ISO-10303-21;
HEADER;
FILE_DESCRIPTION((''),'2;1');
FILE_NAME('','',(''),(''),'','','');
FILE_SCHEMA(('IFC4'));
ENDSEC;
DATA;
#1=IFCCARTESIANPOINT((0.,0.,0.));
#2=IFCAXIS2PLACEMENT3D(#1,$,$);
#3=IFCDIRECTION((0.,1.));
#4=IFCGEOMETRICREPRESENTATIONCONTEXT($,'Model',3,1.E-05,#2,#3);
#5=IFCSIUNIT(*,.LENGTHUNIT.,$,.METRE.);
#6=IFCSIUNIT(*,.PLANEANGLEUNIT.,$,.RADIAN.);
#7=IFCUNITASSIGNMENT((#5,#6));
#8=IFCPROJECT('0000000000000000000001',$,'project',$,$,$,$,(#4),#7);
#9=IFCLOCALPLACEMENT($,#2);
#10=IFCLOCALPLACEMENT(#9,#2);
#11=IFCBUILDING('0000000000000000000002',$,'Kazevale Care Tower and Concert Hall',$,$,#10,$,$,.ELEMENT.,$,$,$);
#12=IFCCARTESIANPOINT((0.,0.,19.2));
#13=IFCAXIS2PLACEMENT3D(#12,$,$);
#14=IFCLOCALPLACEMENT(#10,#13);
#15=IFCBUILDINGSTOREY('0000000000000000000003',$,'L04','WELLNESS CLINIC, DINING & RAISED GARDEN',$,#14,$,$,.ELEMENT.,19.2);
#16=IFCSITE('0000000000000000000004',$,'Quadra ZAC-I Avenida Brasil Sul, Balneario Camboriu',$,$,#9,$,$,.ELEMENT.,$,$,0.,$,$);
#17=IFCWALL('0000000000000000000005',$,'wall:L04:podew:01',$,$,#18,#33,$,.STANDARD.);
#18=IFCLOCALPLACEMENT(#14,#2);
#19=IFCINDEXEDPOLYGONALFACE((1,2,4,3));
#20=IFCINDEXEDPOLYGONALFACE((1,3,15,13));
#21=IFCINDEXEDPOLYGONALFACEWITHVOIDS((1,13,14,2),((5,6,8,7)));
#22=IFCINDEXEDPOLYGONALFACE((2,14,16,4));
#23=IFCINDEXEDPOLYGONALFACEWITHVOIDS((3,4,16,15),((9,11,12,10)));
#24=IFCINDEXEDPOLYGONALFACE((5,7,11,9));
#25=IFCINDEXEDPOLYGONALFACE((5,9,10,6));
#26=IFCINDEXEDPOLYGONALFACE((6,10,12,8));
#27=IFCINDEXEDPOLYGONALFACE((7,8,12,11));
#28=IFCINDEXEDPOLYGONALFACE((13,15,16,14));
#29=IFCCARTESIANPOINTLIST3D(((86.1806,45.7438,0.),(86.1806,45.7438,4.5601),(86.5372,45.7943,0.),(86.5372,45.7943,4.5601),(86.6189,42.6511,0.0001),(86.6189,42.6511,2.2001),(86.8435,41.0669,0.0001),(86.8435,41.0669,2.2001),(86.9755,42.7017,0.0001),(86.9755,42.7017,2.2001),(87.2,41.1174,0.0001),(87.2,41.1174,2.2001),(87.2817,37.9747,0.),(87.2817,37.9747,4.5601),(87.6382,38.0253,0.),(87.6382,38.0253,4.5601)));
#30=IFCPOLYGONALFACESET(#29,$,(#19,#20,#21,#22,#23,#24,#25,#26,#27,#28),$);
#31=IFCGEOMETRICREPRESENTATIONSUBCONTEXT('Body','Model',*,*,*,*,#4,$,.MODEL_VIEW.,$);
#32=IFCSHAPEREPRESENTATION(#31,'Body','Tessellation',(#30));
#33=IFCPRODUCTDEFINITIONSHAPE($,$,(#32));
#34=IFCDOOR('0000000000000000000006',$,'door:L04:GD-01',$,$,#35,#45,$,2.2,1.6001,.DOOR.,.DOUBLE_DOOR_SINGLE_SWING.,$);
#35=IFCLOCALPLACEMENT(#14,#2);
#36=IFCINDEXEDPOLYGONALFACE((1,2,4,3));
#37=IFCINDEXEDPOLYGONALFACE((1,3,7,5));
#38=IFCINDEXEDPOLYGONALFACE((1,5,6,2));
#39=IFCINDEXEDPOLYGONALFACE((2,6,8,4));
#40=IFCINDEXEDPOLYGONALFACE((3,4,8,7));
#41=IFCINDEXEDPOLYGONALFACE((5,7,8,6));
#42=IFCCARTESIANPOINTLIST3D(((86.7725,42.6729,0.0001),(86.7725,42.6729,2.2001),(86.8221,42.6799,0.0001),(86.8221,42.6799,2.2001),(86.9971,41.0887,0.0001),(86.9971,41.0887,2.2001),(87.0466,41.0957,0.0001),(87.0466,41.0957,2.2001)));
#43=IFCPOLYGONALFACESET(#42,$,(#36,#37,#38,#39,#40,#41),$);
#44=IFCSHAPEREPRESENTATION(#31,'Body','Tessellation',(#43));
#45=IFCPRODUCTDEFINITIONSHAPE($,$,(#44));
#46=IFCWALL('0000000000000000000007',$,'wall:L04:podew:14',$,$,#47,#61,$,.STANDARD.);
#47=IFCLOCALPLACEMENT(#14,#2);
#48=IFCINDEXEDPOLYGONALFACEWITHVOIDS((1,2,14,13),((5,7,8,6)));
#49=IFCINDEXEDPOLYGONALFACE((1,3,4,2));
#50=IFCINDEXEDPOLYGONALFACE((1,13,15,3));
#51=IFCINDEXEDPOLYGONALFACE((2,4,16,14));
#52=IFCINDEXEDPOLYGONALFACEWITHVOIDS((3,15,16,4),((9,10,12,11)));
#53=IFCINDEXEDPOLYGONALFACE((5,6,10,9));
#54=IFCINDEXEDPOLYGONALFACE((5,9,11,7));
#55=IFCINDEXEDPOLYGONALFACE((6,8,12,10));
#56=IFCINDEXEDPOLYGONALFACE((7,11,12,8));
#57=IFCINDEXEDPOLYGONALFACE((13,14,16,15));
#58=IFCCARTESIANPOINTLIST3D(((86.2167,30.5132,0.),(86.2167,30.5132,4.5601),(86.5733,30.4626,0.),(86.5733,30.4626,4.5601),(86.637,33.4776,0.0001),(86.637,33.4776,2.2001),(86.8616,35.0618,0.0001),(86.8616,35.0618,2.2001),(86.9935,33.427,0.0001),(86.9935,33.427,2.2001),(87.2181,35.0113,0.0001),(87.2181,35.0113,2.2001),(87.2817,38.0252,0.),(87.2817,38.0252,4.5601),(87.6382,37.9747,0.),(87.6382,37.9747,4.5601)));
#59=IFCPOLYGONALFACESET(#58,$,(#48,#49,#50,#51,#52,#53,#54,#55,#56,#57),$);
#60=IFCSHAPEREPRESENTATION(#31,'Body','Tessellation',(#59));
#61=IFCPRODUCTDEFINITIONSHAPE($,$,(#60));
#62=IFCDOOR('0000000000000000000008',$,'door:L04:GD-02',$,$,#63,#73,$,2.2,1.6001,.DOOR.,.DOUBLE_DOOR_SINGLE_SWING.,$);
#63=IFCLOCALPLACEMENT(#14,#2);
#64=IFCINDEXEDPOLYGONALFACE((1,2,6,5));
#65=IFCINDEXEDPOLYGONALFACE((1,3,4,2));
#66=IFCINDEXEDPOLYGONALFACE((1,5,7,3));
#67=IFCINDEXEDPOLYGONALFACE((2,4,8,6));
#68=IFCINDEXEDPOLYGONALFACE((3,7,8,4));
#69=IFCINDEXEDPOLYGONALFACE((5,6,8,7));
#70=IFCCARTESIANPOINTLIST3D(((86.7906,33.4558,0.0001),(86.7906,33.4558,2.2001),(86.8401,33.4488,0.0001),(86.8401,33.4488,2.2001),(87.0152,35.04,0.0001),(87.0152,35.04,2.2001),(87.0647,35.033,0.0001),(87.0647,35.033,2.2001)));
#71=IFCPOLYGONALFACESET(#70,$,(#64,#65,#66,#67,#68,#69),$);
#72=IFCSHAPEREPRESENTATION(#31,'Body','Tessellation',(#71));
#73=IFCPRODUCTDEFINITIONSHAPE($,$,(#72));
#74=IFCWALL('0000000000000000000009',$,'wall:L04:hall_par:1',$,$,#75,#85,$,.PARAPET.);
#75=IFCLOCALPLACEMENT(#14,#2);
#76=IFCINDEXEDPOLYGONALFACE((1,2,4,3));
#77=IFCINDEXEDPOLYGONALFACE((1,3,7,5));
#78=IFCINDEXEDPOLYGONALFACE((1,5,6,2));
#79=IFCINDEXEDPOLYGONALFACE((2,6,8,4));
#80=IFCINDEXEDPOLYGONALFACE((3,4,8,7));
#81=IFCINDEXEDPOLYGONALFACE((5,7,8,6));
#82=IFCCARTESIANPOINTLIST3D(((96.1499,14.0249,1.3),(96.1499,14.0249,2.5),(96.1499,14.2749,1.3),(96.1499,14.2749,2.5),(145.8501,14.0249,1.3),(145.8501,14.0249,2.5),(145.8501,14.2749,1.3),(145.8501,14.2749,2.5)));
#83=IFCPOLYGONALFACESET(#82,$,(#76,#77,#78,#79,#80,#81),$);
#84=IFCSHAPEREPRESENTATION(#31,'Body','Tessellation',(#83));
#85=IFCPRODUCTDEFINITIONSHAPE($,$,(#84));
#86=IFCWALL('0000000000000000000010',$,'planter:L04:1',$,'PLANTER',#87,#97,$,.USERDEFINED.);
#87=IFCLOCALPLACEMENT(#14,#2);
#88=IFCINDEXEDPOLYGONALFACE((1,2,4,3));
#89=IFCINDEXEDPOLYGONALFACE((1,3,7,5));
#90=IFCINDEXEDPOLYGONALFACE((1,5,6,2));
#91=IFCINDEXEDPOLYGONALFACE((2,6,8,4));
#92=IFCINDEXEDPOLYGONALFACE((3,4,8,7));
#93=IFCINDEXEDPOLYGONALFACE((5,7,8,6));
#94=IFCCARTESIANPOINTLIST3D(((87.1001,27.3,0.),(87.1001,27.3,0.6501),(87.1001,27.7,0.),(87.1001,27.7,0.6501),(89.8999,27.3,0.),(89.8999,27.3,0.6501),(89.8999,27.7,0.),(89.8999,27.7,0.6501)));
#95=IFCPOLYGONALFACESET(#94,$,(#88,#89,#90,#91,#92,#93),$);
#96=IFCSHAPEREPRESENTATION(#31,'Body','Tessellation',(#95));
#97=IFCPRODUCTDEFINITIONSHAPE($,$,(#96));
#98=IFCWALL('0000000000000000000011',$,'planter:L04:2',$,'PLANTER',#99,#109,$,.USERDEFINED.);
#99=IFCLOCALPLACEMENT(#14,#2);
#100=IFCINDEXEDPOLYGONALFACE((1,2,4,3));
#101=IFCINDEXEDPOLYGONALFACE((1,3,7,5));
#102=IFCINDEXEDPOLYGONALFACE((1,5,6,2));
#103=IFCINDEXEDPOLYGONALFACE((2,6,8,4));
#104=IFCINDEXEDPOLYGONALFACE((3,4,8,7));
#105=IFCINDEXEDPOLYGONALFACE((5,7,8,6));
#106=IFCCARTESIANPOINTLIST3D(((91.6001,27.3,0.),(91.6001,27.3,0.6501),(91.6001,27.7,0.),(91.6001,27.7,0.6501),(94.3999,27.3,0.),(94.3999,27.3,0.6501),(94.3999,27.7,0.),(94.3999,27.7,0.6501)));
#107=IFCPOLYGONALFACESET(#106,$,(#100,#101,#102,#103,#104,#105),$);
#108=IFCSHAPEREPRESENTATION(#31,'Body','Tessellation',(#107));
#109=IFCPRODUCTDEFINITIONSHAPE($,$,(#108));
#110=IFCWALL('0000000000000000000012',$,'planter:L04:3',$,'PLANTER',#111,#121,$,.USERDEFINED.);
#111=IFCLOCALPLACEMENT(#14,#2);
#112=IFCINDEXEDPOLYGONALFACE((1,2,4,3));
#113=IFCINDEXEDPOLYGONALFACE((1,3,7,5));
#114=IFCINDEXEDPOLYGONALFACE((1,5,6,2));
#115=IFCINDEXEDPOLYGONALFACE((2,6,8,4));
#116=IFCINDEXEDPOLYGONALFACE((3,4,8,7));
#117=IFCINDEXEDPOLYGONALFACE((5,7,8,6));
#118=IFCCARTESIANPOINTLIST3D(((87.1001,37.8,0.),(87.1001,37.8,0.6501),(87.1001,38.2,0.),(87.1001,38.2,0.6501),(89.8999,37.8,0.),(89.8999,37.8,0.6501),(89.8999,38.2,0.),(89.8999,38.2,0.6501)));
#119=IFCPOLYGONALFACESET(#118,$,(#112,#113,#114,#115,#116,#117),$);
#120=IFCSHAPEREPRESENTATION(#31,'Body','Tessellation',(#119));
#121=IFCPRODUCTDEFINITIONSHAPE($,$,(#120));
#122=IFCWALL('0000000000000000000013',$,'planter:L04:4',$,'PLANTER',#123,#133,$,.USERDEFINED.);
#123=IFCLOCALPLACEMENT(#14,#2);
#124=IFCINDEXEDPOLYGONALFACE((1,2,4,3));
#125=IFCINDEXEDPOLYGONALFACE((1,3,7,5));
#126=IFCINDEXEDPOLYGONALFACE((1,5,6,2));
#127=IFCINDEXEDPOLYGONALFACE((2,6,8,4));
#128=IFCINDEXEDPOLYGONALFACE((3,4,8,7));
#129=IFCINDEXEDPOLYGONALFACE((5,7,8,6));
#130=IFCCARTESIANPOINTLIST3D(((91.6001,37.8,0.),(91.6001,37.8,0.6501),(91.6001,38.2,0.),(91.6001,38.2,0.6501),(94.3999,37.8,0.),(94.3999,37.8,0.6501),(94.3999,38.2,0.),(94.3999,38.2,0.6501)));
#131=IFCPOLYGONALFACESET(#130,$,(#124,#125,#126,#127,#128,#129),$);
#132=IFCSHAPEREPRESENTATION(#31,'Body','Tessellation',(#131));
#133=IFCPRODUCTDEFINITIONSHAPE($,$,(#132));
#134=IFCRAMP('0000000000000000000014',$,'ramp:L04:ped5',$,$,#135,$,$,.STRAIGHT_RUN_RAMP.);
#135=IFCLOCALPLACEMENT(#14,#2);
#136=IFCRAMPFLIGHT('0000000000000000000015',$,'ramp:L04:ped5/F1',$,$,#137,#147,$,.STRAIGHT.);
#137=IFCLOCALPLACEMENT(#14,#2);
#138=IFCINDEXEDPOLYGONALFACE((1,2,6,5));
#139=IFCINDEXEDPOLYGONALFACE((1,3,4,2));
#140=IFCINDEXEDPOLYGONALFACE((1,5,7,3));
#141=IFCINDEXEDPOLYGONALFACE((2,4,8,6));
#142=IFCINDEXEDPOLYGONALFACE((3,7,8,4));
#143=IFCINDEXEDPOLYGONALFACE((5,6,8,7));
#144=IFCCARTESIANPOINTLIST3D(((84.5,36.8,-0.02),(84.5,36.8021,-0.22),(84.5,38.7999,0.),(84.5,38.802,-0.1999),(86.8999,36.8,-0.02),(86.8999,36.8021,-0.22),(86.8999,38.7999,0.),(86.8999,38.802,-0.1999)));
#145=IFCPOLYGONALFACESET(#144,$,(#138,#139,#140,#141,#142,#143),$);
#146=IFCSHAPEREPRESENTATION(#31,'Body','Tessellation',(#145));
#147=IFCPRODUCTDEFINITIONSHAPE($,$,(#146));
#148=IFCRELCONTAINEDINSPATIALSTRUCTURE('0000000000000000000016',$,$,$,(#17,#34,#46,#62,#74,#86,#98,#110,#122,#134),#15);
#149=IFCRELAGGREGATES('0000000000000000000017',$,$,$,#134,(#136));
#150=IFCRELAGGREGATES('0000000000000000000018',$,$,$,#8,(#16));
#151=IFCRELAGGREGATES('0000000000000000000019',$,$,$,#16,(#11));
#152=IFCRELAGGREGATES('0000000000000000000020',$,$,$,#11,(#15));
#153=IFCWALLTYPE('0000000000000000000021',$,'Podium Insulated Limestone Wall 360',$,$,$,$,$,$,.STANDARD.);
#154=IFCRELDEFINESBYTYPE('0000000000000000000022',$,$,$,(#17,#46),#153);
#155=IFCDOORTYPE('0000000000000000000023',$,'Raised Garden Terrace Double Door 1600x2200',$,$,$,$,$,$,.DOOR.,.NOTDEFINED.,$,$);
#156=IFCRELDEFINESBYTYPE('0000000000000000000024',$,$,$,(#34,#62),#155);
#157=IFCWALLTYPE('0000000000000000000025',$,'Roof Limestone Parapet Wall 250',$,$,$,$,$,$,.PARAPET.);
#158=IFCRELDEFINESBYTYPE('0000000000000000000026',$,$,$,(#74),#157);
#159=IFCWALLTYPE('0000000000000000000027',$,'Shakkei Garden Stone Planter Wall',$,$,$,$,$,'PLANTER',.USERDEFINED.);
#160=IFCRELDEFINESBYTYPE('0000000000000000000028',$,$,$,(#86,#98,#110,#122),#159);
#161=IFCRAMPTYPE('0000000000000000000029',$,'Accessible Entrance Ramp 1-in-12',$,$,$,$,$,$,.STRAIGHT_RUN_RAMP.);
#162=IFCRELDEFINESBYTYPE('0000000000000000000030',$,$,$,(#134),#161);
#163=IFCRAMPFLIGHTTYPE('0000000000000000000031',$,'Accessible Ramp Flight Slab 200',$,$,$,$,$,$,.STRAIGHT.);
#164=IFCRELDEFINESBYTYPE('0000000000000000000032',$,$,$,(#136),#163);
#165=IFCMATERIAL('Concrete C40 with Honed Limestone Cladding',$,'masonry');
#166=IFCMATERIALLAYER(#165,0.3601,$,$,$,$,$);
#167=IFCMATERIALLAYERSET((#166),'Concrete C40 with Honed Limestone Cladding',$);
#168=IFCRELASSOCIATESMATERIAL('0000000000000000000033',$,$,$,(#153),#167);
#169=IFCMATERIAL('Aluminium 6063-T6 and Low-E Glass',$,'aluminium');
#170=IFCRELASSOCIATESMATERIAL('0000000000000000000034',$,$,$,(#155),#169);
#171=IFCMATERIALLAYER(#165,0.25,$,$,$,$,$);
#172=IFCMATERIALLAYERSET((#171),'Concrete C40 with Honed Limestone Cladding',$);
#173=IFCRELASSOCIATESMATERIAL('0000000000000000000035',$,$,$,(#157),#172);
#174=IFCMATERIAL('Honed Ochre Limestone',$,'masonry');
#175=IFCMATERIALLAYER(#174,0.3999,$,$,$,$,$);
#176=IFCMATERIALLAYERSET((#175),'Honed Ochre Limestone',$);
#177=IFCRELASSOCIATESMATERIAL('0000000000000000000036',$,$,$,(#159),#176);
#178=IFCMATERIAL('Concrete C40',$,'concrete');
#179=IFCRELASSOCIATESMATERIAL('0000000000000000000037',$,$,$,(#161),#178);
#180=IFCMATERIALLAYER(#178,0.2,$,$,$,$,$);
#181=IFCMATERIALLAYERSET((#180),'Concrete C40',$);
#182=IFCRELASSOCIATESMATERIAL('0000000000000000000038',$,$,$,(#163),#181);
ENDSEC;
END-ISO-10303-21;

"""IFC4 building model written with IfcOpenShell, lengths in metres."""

from ifc_helpers import new_model, si_unit, direction, frame, frame_2d, origin, place, context, subcontext, project, spatial, polyline, rectangle, outline, extrude, material, layer, layer_set, type_object, element, fill, aggregate, save


model = new_model("IFC4")

# Units and contexts
model_context = context("Model", 3, precision=1e-05, world=origin(), true_north=direction((0.0, 1.0)))
body_context = subcontext(model_context, "Body", "Model", "MODEL_VIEW")
ifc_project = project(units=[si_unit("LENGTHUNIT", "METRE"), si_unit("PLANEANGLEUNIT", "RADIAN")], contexts=[model_context])

# Site, building, storey
site_placement = place(None, origin())
site = spatial("IfcSite", under=ifc_project, at=site_placement, Name="Quadra ZAC-I Avenida Brasil Sul, Balneario Camboriu", CompositionType="ELEMENT", RefElevation=0.0)
building_placement = place(site_placement, origin())
building = spatial("IfcBuilding", under=site, at=building_placement, Name="Kazevale Care Tower and Concert Hall", CompositionType="ELEMENT")
storey_placement = place(building_placement, frame((0.0, 0.0, 19.2)))
storey = spatial("IfcBuildingStorey", under=building, at=storey_placement, Name="L04", Description="WELLNESS CLINIC, DINING & RAISED GARDEN", CompositionType="ELEMENT", Elevation=19.2)

# Walls, openings, doors
ifc_material_1 = material(Name="Concrete C40 with Honed Limestone Cladding", Category="masonry")
ifc_layer_1 = layer(ifc_material_1, 0.3601)
ifc_layer_set_1 = layer_set([ifc_layer_1], Name="Concrete C40 with Honed Limestone Cladding")
wall_type_1 = type_object("IfcWallType", Name="Podium Insulated Limestone Wall 360", PredefinedType="STANDARD", material=ifc_layer_set_1)
wall_1_placement = place(storey_placement, frame((87.46, 38.0, 0.0), z_axis=(0.0, 0.0, 1.0), x_axis=(-0.140324, 0.990106, 0.0)))
wall_1 = element("IfcWall", 1, at=wall_1_placement, inside=storey, type_object=wall_type_1, Name="wall:L04:podew:01", PredefinedType="STANDARD", context=body_context, shape_type="SweptSolid", body=[
    extrude(rectangle(XDim=7.8467, YDim=0.3601, at=frame_2d((3.9233, 0.0))), origin(), (0.0, 0.0, 1.0), 4.5601),
])
opening_1_placement = place(wall_1_placement, frame((3.123, 0.0, 0.0)))
opening_1 = element("IfcOpeningElement", 2, at=opening_1_placement, cuts=wall_1, PredefinedType="OPENING", context=body_context, shape_type="SweptSolid", body=[
    extrude(rectangle(XDim=1.6001, YDim=2.2, at=frame_2d((0.8, 1.1001))), frame((0.0, 0.1899, 0.0), z_axis=(0.0, -1.0, 0.0), x_axis=(1.0, 0.0, 0.0)), (0.0, 0.0, 1.0), 0.3801),
])
ifc_material_2 = material(Name="Aluminium 6063-T6 and Low-E Glass", Category="aluminium")
door_type_1 = type_object("IfcDoorType", Name="Raised Garden Terrace Double Door 1600x2200", OperationType="NOTDEFINED", PredefinedType="DOOR", material=ifc_material_2)
door_1_placement = place(opening_1_placement, origin())
door_1 = element("IfcDoor", 3, at=door_1_placement, inside=storey, type_object=door_type_1, Name="door:L04:GD-01", OperationType="DOUBLE_DOOR_SINGLE_SWING", OverallHeight=2.2, OverallWidth=1.6001, PredefinedType="DOOR", context=body_context, shape_type="SweptSolid", body=[
    extrude(rectangle(XDim=1.6001, YDim=2.2, at=frame_2d((0.8, 1.1001))), frame((0.0, 0.0249, 0.0), z_axis=(0.0, -1.0, 0.0), x_axis=(1.0, 0.0, 0.0)), (0.0, 0.0, 1.0), 0.05),
])
fill(opening_1, door_1)
wall_2_placement = place(storey_placement, frame((86.395, 30.488, 0.0), z_axis=(0.0, 0.0, 1.0), x_axis=(0.140363, 0.9901, 0.0)))
wall_2 = element("IfcWall", 4, at=wall_2_placement, inside=storey, type_object=wall_type_1, Name="wall:L04:podew:14", PredefinedType="STANDARD", context=body_context, shape_type="SweptSolid", body=[
    extrude(rectangle(XDim=7.5872, YDim=0.3601, at=frame_2d((3.7935, 0.0))), origin(), (0.0, 0.0, 1.0), 4.5601),
])
opening_2_placement = place(wall_2_placement, frame((2.9939, 0.0, 0.0)))
opening_2 = element("IfcOpeningElement", 5, at=opening_2_placement, cuts=wall_2, PredefinedType="OPENING", context=body_context, shape_type="SweptSolid", body=[
    extrude(rectangle(XDim=1.6001, YDim=2.2, at=frame_2d((0.8, 1.1001))), frame((0.0, 0.1899, 0.0), z_axis=(0.0, -1.0, 0.0), x_axis=(1.0, 0.0, 0.0)), (0.0, 0.0, 1.0), 0.3801),
])
door_2_placement = place(opening_2_placement, origin())
door_2 = element("IfcDoor", 6, at=door_2_placement, inside=storey, type_object=door_type_1, Name="door:L04:GD-02", OperationType="DOUBLE_DOOR_SINGLE_SWING", OverallHeight=2.2, OverallWidth=1.6001, PredefinedType="DOOR", context=body_context, shape_type="SweptSolid", body=[
    extrude(rectangle(XDim=1.6001, YDim=2.2, at=frame_2d((0.8, 1.1001))), frame((0.0, 0.0249, 0.0), z_axis=(0.0, -1.0, 0.0), x_axis=(1.0, 0.0, 0.0)), (0.0, 0.0, 1.0), 0.05),
])
fill(opening_2, door_2)

# Walls
ifc_layer_2 = layer(ifc_material_1, 0.25)
ifc_layer_set_2 = layer_set([ifc_layer_2], Name="Concrete C40 with Honed Limestone Cladding")
wall_type_2 = type_object("IfcWallType", Name="Roof Limestone Parapet Wall 250", PredefinedType="PARAPET", material=ifc_layer_set_2)
wall_3_placement = place(storey_placement, frame((96.1499, 14.1499, 1.3), z_axis=(0.0, 0.0, 1.0), x_axis=(1.0, 0.0, 0.0)))
element("IfcWall", 7, at=wall_3_placement, inside=storey, type_object=wall_type_2, Name="wall:L04:hall_par:1", PredefinedType="PARAPET", context=body_context, shape_type="SweptSolid", body=[
    extrude(rectangle(XDim=49.7002, YDim=0.25, at=frame_2d((24.8501, 0.0))), origin(), (0.0, 0.0, 1.0), 1.2),
])
ifc_material_3 = material(Name="Honed Ochre Limestone", Category="masonry")
ifc_layer_3 = layer(ifc_material_3, 0.3999)
ifc_layer_set_3 = layer_set([ifc_layer_3], Name="Honed Ochre Limestone")
wall_type_3 = type_object("IfcWallType", Name="Shakkei Garden Stone Planter Wall", ElementType="PLANTER", PredefinedType="USERDEFINED", material=ifc_layer_set_3)
for number, where, z_axis, x_axis, name in (
    (8, (87.1001, 27.5, 0.0), (0.0, 0.0, 1.0), (1.0, 0.0, 0.0), "planter:L04:1"),
    (9, (91.6001, 27.5, 0.0), (0.0, 0.0, 1.0), (1.0, 0.0, 0.0), "planter:L04:2"),
    (10, (87.1001, 38.0, 0.0), (0.0, 0.0, 1.0), (1.0, 0.0, 0.0), "planter:L04:3"),
    (11, (91.6001, 38.0, 0.0), (0.0, 0.0, 1.0), (1.0, 0.0, 0.0), "planter:L04:4"),
):
    element("IfcWall", number, at=place(storey_placement, frame(where, z_axis=z_axis, x_axis=x_axis)), inside=storey, type_object=wall_type_3, Name=name, ObjectType="PLANTER", PredefinedType="USERDEFINED", context=body_context, shape_type="SweptSolid", body=[
        extrude(rectangle(XDim=2.7998, YDim=0.3999, at=frame_2d((1.3999, 0.0))), origin(), (0.0, 0.0, 1.0), 0.6501),
    ])

# Ramp, ramp flight
ifc_material_4 = material(Name="Concrete C40", Category="concrete")
ramp_type = type_object("IfcRampType", Name="Accessible Entrance Ramp 1-in-12", PredefinedType="STRAIGHT_RUN_RAMP", material=ifc_material_4)
ramp_placement = place(storey_placement, origin())
ramp = element("IfcRamp", 12, at=ramp_placement, inside=storey, type_object=ramp_type, Name="ramp:L04:ped5", PredefinedType="STRAIGHT_RUN_RAMP")
ifc_layer_4 = layer(ifc_material_4, 0.2)
ifc_layer_set_4 = layer_set([ifc_layer_4], Name="Concrete C40")
ramp_flight_type = type_object("IfcRampFlightType", Name="Accessible Ramp Flight Slab 200", PredefinedType="STRAIGHT", material=ifc_layer_set_4)
ramp_flight_placement = place(storey_placement, frame((84.5, 36.8, -0.02), z_axis=(0.0, -0.010009, 0.99995), x_axis=(0.0, 0.99995, 0.010009)))
ramp_flight = element("IfcRampFlight", 13, at=ramp_flight_placement, type_object=ramp_flight_type, Name="ramp:L04:ped5/F1", PredefinedType="STRAIGHT", context=body_context, shape_type="SweptSolid", body=[
    extrude(outline(polyline([(0.0, 0.0), (2.0, 0.0), (2.0, -2.3999), (0.0, -2.3999), (0.0, 0.0)])), origin(), (0.0, 0.0, -1.0), 0.2),
])
aggregate(ramp, [ramp_flight])

save(model, "model.ifc")
